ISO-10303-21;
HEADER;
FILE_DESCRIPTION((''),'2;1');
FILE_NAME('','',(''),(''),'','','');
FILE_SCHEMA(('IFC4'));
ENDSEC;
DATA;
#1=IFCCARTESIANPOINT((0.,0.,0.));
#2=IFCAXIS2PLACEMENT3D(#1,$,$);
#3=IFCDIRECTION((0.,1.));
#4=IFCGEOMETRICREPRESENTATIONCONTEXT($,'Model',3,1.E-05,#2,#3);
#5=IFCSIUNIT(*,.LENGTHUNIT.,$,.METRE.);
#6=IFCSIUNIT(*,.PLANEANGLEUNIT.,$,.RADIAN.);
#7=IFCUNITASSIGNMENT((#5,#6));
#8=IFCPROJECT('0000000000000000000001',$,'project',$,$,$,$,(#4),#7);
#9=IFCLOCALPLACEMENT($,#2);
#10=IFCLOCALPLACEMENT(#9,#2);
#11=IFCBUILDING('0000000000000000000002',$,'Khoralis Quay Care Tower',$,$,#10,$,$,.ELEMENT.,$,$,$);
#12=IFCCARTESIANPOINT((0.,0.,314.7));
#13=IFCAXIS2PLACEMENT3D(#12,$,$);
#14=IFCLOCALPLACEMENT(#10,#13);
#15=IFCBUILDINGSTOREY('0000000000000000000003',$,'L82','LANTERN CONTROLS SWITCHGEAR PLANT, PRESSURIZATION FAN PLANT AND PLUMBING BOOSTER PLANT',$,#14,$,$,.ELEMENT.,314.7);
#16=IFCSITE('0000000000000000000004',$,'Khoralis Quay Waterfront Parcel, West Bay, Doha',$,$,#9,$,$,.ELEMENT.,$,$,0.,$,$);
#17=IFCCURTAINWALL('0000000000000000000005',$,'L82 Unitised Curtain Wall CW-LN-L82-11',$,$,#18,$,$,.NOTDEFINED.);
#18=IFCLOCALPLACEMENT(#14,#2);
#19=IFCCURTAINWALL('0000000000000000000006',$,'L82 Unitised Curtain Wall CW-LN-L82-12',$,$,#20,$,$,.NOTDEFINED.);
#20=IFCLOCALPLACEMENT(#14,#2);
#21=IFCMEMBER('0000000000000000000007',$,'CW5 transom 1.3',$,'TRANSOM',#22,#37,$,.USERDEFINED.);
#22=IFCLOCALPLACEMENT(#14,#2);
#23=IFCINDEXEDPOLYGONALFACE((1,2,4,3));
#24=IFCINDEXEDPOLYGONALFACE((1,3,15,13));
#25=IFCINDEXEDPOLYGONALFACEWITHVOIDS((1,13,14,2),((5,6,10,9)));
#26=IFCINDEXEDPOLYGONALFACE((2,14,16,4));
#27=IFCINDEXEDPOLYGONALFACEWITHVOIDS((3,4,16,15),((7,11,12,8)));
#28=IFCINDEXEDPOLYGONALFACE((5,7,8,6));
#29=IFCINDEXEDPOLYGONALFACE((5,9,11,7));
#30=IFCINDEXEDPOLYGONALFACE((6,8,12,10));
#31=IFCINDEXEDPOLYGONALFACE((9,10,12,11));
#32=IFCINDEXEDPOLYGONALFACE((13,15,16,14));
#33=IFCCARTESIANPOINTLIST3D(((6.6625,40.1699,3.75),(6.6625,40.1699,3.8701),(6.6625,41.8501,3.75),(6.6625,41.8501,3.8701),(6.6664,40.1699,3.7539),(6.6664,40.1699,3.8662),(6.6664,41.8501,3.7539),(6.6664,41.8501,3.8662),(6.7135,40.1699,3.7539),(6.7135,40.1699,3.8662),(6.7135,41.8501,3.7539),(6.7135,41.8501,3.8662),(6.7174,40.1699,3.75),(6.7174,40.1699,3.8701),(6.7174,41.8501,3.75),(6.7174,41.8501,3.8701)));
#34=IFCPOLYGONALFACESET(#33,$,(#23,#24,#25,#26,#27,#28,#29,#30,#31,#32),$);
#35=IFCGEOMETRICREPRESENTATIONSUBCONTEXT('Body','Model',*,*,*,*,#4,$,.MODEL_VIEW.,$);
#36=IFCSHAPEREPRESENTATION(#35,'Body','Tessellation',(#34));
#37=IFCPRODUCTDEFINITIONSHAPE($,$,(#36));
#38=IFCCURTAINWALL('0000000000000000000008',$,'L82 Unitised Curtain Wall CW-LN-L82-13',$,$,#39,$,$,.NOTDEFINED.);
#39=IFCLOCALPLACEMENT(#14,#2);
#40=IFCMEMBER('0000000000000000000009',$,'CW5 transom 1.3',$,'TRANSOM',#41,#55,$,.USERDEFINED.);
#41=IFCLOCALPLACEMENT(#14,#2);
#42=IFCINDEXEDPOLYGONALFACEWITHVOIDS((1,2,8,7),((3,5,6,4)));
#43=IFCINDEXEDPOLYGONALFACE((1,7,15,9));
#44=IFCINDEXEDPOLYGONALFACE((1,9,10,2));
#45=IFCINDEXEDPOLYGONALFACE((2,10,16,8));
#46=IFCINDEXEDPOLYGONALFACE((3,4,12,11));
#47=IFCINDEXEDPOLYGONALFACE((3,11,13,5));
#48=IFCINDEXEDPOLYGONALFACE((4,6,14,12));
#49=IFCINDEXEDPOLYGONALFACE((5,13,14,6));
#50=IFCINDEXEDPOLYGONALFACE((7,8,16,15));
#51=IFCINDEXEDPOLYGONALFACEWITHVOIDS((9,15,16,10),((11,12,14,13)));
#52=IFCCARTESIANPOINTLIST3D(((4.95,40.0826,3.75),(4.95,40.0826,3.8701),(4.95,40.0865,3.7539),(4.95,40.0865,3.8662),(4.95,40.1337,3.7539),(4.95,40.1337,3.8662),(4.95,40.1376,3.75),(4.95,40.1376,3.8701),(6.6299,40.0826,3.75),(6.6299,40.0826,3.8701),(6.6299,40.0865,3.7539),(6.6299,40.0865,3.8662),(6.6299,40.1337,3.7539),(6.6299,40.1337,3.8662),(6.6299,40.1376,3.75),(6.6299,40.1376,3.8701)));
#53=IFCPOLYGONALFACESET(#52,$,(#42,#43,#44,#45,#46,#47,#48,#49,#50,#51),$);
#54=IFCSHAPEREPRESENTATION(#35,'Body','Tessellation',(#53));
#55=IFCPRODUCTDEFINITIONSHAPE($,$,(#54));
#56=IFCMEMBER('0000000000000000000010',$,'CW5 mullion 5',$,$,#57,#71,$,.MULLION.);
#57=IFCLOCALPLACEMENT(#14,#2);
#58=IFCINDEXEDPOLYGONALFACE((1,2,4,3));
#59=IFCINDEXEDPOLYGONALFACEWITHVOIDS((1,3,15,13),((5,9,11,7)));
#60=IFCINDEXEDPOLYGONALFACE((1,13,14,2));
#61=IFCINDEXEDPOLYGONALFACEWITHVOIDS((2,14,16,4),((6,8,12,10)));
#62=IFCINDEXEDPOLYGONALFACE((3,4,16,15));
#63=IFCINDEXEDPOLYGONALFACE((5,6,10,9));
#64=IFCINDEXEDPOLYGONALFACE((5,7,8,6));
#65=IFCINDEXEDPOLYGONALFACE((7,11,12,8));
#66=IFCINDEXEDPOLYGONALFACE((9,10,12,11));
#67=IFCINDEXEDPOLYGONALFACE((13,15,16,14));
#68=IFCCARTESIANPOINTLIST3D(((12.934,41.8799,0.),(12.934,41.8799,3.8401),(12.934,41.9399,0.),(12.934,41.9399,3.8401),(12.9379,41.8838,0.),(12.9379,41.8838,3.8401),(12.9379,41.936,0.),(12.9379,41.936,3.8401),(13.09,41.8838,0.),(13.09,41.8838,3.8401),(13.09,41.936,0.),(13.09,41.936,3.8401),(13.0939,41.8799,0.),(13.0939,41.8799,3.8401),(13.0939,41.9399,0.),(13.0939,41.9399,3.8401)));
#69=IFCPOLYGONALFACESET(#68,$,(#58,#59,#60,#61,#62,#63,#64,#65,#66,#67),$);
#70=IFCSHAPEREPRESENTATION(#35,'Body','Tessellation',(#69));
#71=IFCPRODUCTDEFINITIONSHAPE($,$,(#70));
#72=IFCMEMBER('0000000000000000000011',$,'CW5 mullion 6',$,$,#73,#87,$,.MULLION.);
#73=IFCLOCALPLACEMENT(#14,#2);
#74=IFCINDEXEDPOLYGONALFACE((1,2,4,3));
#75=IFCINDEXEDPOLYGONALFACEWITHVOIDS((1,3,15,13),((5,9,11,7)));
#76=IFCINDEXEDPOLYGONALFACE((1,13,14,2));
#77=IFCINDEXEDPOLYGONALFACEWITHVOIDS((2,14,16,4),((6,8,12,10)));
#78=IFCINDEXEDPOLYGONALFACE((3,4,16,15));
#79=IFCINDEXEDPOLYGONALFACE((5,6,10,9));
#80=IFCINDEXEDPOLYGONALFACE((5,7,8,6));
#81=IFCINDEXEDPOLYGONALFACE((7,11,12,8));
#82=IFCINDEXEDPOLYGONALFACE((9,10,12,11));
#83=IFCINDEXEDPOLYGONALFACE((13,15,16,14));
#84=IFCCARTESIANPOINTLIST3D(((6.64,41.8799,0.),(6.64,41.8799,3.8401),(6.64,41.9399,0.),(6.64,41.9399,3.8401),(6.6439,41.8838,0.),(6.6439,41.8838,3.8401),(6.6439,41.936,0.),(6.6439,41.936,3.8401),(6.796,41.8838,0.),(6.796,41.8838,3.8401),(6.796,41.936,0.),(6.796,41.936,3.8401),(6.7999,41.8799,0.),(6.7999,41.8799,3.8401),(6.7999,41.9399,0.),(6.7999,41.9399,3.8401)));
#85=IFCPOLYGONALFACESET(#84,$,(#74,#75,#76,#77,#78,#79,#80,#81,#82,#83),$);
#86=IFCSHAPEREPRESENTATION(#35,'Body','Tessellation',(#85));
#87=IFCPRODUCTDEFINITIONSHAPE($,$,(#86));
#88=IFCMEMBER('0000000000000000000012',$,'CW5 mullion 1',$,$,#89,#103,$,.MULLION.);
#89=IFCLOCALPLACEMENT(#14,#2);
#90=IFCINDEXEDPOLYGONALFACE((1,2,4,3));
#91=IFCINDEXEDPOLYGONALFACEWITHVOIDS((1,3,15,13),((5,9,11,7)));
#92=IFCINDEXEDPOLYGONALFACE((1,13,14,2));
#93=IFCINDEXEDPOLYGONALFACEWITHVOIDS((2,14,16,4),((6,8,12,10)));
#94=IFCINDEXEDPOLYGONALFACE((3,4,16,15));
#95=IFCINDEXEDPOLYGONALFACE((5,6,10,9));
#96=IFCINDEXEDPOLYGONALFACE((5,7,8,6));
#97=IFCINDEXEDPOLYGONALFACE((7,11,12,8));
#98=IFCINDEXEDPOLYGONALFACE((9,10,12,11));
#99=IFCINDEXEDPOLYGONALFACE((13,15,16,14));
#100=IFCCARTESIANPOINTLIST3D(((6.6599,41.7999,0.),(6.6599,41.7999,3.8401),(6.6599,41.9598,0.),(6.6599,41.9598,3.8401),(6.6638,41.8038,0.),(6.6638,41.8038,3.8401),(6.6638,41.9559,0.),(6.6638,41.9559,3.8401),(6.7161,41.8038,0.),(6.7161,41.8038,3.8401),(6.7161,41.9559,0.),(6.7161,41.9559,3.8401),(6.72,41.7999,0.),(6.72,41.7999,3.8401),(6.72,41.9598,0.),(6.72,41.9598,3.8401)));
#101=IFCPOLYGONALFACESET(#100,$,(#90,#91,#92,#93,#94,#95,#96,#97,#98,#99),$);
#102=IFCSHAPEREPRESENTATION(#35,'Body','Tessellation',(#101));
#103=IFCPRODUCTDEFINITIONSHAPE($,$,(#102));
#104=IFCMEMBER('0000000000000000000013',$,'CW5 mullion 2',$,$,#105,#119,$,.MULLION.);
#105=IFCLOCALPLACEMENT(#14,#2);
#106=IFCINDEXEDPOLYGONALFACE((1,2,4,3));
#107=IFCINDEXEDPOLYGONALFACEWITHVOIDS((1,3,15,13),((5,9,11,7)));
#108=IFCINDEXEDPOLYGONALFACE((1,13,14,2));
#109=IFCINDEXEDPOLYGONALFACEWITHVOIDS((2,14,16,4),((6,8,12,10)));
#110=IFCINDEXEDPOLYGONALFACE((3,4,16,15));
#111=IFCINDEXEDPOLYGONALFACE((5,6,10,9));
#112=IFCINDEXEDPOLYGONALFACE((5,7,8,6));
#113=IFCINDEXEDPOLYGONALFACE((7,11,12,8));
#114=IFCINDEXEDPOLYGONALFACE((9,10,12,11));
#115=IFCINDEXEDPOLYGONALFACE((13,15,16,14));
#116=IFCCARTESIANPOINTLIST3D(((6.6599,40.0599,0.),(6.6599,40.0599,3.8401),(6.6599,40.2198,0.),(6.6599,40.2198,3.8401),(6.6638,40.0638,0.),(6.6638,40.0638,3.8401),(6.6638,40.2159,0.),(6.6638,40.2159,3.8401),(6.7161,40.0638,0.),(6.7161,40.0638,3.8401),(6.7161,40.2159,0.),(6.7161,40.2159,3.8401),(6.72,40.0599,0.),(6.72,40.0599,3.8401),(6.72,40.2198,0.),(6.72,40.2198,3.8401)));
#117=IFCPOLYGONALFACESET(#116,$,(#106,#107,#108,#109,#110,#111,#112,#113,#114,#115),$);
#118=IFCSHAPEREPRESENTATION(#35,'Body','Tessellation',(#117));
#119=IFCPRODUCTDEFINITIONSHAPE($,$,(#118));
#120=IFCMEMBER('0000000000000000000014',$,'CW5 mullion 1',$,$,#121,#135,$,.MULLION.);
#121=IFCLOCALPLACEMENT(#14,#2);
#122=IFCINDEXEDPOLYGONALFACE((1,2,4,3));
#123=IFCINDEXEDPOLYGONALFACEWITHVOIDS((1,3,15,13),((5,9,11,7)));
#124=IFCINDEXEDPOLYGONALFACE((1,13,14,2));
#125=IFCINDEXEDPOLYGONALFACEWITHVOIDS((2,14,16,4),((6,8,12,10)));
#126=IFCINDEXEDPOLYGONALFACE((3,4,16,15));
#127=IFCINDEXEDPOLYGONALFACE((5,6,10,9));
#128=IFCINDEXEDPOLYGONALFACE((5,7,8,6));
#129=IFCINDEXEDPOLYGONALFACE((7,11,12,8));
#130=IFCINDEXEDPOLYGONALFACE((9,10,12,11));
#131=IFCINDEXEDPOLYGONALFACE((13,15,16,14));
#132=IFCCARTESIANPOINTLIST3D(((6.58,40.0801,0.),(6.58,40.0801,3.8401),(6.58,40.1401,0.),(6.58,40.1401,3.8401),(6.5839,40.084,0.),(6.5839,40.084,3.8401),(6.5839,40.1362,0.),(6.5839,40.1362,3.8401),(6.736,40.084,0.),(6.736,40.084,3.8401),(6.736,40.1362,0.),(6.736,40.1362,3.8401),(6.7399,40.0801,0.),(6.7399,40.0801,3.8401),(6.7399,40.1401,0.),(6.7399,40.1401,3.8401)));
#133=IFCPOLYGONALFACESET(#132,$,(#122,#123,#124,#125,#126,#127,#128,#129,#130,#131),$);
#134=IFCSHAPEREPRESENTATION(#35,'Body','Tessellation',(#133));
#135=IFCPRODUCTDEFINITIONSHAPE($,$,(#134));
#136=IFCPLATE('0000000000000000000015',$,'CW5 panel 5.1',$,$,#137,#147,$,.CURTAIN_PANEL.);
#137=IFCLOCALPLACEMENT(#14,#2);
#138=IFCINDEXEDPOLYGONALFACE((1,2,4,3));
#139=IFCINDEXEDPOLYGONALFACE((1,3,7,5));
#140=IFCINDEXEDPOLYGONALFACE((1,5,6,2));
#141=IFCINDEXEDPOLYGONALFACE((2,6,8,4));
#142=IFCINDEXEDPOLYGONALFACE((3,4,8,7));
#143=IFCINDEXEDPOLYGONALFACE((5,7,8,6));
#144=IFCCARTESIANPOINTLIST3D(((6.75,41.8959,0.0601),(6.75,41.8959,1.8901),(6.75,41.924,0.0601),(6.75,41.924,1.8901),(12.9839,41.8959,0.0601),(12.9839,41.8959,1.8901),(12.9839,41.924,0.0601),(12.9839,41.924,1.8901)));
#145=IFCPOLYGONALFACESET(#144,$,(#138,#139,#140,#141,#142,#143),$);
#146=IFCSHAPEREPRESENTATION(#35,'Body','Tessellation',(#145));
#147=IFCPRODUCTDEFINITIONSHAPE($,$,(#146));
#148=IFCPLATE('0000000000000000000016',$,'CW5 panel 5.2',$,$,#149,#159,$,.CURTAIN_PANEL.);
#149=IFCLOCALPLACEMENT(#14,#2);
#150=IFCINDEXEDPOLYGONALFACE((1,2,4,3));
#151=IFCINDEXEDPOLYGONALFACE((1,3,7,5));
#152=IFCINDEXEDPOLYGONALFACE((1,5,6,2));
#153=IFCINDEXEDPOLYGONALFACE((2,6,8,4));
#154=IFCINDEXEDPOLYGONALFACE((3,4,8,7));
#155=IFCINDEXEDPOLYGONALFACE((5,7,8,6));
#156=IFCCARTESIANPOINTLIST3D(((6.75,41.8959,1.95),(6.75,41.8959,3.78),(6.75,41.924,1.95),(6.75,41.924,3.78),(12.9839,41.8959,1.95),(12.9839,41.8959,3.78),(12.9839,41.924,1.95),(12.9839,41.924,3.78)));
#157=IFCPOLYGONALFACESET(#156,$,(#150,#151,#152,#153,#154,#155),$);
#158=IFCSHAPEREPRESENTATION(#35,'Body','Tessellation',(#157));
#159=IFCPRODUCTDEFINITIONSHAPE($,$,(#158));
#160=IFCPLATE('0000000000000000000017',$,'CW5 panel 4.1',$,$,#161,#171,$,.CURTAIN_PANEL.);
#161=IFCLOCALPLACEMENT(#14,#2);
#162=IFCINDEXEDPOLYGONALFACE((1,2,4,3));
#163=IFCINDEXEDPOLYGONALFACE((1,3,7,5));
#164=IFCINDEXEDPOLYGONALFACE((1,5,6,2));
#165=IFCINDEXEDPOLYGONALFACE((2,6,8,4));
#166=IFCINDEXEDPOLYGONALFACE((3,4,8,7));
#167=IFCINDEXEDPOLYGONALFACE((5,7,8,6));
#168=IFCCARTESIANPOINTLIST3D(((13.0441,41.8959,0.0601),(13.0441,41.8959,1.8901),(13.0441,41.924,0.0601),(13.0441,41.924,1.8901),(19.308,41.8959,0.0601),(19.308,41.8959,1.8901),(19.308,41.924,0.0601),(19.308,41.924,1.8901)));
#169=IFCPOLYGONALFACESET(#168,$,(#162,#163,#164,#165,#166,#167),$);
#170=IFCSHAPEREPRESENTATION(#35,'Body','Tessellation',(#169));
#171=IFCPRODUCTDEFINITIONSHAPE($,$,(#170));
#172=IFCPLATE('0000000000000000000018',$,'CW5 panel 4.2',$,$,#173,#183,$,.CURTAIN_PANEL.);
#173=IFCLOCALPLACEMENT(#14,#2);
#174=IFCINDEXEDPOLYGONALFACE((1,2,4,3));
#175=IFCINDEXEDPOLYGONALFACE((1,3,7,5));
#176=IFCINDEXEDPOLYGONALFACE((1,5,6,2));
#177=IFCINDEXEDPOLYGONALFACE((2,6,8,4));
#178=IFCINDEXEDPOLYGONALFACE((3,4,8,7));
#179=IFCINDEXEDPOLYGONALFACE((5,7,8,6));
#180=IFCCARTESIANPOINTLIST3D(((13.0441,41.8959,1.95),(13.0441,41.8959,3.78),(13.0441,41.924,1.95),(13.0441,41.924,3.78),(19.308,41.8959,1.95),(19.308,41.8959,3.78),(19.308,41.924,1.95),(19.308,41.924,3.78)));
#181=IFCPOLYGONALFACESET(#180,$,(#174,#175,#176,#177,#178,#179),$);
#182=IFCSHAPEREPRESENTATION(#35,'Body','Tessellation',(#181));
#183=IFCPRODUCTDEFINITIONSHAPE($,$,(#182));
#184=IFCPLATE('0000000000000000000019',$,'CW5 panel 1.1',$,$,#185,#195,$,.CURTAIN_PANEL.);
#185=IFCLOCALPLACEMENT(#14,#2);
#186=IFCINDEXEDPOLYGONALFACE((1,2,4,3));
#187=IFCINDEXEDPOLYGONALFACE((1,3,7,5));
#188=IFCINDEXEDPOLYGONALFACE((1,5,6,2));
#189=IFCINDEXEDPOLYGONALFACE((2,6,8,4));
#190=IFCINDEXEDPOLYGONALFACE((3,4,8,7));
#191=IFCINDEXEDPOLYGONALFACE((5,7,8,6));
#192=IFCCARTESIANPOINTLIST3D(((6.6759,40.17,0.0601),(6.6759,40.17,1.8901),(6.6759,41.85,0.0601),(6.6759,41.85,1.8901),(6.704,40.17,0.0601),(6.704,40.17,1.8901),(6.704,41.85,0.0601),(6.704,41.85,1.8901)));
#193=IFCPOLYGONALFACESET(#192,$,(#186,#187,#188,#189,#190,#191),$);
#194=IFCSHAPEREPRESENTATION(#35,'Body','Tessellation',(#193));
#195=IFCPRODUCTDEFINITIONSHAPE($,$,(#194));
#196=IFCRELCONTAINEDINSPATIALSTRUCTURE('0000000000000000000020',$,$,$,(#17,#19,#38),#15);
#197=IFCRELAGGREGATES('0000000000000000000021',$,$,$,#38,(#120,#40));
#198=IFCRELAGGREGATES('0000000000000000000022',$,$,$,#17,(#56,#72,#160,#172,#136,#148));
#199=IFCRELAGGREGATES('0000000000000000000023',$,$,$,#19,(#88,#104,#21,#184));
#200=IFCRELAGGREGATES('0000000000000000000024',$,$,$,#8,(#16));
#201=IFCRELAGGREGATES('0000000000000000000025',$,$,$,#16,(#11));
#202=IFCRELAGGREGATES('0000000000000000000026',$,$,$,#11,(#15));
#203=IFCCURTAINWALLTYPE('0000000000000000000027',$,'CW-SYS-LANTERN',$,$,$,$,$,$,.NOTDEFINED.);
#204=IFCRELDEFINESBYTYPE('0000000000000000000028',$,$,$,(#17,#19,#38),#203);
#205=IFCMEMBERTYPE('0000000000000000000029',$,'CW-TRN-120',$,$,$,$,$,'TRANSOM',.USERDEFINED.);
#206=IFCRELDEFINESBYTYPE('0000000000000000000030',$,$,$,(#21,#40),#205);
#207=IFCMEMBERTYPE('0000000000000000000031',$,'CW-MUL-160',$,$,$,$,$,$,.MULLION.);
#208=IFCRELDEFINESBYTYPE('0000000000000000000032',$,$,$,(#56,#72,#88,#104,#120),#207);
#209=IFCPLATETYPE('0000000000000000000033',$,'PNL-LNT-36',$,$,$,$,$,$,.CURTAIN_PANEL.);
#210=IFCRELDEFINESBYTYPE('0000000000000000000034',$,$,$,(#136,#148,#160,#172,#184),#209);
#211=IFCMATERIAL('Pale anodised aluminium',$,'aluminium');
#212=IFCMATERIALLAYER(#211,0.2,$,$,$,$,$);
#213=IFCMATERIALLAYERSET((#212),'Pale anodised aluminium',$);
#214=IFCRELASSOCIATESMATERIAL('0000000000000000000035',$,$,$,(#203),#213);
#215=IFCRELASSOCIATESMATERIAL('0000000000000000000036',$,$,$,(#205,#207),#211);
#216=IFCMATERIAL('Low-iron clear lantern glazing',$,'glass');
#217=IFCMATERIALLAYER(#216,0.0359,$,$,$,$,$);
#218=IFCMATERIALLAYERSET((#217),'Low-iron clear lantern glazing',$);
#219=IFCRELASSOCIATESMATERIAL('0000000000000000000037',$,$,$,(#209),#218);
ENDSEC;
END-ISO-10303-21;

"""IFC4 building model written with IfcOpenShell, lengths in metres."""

from ifc_helpers import new_model, si_unit, direction, frame, origin, origin_2d, place, context, subcontext, project, spatial, rectangle, hollow_rectangle, extrude, source, transform, mapped, material, layer, layer_set, material_profile, profile_set, type_object, element, aggregate, save


model = new_model("IFC4")

# Units and contexts
model_context = context("Model", 3, precision=1e-05, world=origin(), true_north=direction((0.0, 1.0)))
body_context = subcontext(model_context, "Body", "Model", "MODEL_VIEW")
ifc_project = project(units=[si_unit("LENGTHUNIT", "METRE"), si_unit("PLANEANGLEUNIT", "RADIAN")], contexts=[model_context])

# Site, building, storey
site_placement = place(None, origin())
site = spatial("IfcSite", under=ifc_project, at=site_placement, Name="Khoralis Quay Waterfront Parcel, West Bay, Doha", CompositionType="ELEMENT", RefElevation=0.0)
building_placement = place(site_placement, origin())
building = spatial("IfcBuilding", under=site, at=building_placement, Name="Khoralis Quay Care Tower", CompositionType="ELEMENT")
storey_placement = place(building_placement, frame((0.0, 0.0, 314.7)))
storey = spatial("IfcBuildingStorey", under=building, at=storey_placement, Name="L82", Description="LANTERN CONTROLS SWITCHGEAR PLANT, PRESSURIZATION FAN PLANT AND PLUMBING BOOSTER PLANT", CompositionType="ELEMENT", Elevation=314.7)

# Curtain walls, member
ifc_material_1 = material(Name="Pale anodised aluminium", Category="aluminium")
ifc_layer_1 = layer(ifc_material_1, 0.2)
ifc_layer_set_1 = layer_set([ifc_layer_1], Name="Pale anodised aluminium")
curtain_wall_type = type_object("IfcCurtainWallType", Name="CW-SYS-LANTERN", PredefinedType="NOTDEFINED", material=ifc_layer_set_1)
curtain_wall_1_placement = place(storey_placement, origin())
curtain_wall_1 = element("IfcCurtainWall", 1, at=curtain_wall_1_placement, inside=storey, type_object=curtain_wall_type, Name="L82 Unitised Curtain Wall CW-LN-L82-11", PredefinedType="NOTDEFINED")
ifc_material_profile_1 = material_profile(ifc_material_1, hollow_rectangle(XDim=0.0549, YDim=0.1201, WallThickness=0.0039, at=origin_2d()), Name="Pale anodised aluminium")
ifc_profile_set_1 = profile_set([ifc_material_profile_1], Name="Pale anodised aluminium")
member_type_1 = type_object("IfcMemberType", Name="CW-TRN-120", ElementType="TRANSOM", PredefinedType="USERDEFINED", material=ifc_profile_set_1)
curtain_wall_2_placement = place(storey_placement, origin())
curtain_wall_2 = element("IfcCurtainWall", 2, at=curtain_wall_2_placement, inside=storey, type_object=curtain_wall_type, Name="L82 Unitised Curtain Wall CW-LN-L82-12", PredefinedType="NOTDEFINED")
shared_shape_1 = source(origin(), body_context, "Body", "SweptSolid", [
    extrude(hollow_rectangle(XDim=0.0549, YDim=0.1201, WallThickness=0.0039, at=origin_2d()), origin(), (0.0, 0.0, 1.0), 1.6802),
])
member_1_placement = place(storey_placement, frame((6.6899, 41.8501, 3.8101), z_axis=(0.0, -1.0, 0.0), x_axis=(1.0, 0.0, 0.0)))
member_1 = element("IfcMember", 3, at=member_1_placement, type_object=member_type_1, Name="CW5 transom 1.3", ObjectType="TRANSOM", PredefinedType="USERDEFINED", context=body_context, shape_type="MappedRepresentation", body=[
    mapped(shared_shape_1, transform((0.0, 0.0, 0.0), scale=1.0)),
])

# Curtain wall, member
curtain_wall_3_placement = place(storey_placement, origin())
curtain_wall_3 = element("IfcCurtainWall", 4, at=curtain_wall_3_placement, inside=storey, type_object=curtain_wall_type, Name="L82 Unitised Curtain Wall CW-LN-L82-13", PredefinedType="NOTDEFINED")
shared_shape_2 = source(origin(), body_context, "Body", "SweptSolid", [
    extrude(hollow_rectangle(XDim=0.0549, YDim=0.1201, WallThickness=0.0039, at=origin_2d()), origin(), (0.0, 0.0, 1.0), 1.6799),
])
member_2_placement = place(storey_placement, frame((6.6299, 40.1101, 3.8101), z_axis=(-1.0, 0.0, 0.0), x_axis=(0.0, -1.0, 0.0)))
member_2 = element("IfcMember", 5, at=member_2_placement, type_object=member_type_1, Name="CW5 transom 1.3", ObjectType="TRANSOM", PredefinedType="USERDEFINED", context=body_context, shape_type="MappedRepresentation", body=[
    mapped(shared_shape_2, transform((0.0, 0.0, 0.0), scale=1.0)),
])

# Members
ifc_material_profile_2 = material_profile(ifc_material_1, hollow_rectangle(XDim=0.0601, YDim=0.1599, WallThickness=0.0039, at=origin_2d()), Name="Pale anodised aluminium")
ifc_profile_set_2 = profile_set([ifc_material_profile_2], Name="Pale anodised aluminium")
member_type_2 = type_object("IfcMemberType", Name="CW-MUL-160", PredefinedType="MULLION", material=ifc_profile_set_2)
shared_shape_3 = source(origin(), body_context, "Body", "SweptSolid", [
    extrude(hollow_rectangle(XDim=0.0601, YDim=0.1599, WallThickness=0.0039, at=origin_2d()), origin(), (0.0, 0.0, 1.0), 3.8401),
])
member_3_placement = place(storey_placement, frame((13.0139, 41.9099, 0.0), z_axis=(0.0, 0.0, 1.0), x_axis=(0.0, -1.0, 0.0)))
member_3 = element("IfcMember", 6, at=member_3_placement, type_object=member_type_2, Name="CW5 mullion 5", PredefinedType="MULLION", context=body_context, shape_type="MappedRepresentation", body=[
    mapped(shared_shape_3, transform((0.0, 0.0, 0.0), scale=1.0)),
])
member_4_placement = place(storey_placement, frame((6.72, 41.9099, 0.0), z_axis=(0.0, 0.0, 1.0), x_axis=(0.0, -1.0, 0.0)))
member_4 = element("IfcMember", 7, at=member_4_placement, type_object=member_type_2, Name="CW5 mullion 6", PredefinedType="MULLION", context=body_context, shape_type="MappedRepresentation", body=[
    mapped(shared_shape_3, transform((0.0, 0.0, 0.0), scale=1.0)),
])
member_5_placement = place(storey_placement, frame((6.6899, 41.8799, 0.0), z_axis=(0.0, 0.0, 1.0), x_axis=(1.0, 0.0, 0.0)))
member_5 = element("IfcMember", 8, at=member_5_placement, type_object=member_type_2, Name="CW5 mullion 1", PredefinedType="MULLION", context=body_context, shape_type="MappedRepresentation", body=[
    mapped(shared_shape_3, transform((0.0, 0.0, 0.0), scale=1.0)),
])
member_6_placement = place(storey_placement, frame((6.6899, 40.1399, 0.0), z_axis=(0.0, 0.0, 1.0), x_axis=(1.0, 0.0, 0.0)))
member_6 = element("IfcMember", 9, at=member_6_placement, type_object=member_type_2, Name="CW5 mullion 2", PredefinedType="MULLION", context=body_context, shape_type="MappedRepresentation", body=[
    mapped(shared_shape_3, transform((0.0, 0.0, 0.0), scale=1.0)),
])
member_7_placement = place(storey_placement, frame((6.6599, 40.1101, 0.0), z_axis=(0.0, 0.0, 1.0), x_axis=(0.0, -1.0, 0.0)))
member_7 = element("IfcMember", 10, at=member_7_placement, type_object=member_type_2, Name="CW5 mullion 1", PredefinedType="MULLION", context=body_context, shape_type="MappedRepresentation", body=[
    mapped(shared_shape_3, transform((0.0, 0.0, 0.0), scale=1.0)),
])
aggregate(curtain_wall_3, [member_7, member_2])

# Plates
ifc_material_2 = material(Name="Low-iron clear lantern glazing", Category="glass")
ifc_layer_2 = layer(ifc_material_2, 0.0359)
ifc_layer_set_2 = layer_set([ifc_layer_2], Name="Low-iron clear lantern glazing")
plate_type = type_object("IfcPlateType", Name="PNL-LNT-36", PredefinedType="CURTAIN_PANEL", material=ifc_layer_set_2)
shared_shape_4 = source(origin(), body_context, "Body", "SweptSolid", [
    extrude(rectangle(XDim=6.2339, YDim=0.0281, at=origin_2d()), origin(), (0.0, 0.0, 1.0), 1.8301),
])
plate_1_placement = place(storey_placement, frame((9.8669, 41.9099, 0.0601), z_axis=(0.0, 0.0, 1.0), x_axis=(-1.0, 0.0, 0.0)))
plate_1 = element("IfcPlate", 11, at=plate_1_placement, type_object=plate_type, Name="CW5 panel 5.1", PredefinedType="CURTAIN_PANEL", context=body_context, shape_type="MappedRepresentation", body=[
    mapped(shared_shape_4, transform((0.0, 0.0, 0.0), scale=1.0)),
])
plate_2_placement = place(storey_placement, frame((9.8669, 41.9099, 1.95), z_axis=(0.0, 0.0, 1.0), x_axis=(-1.0, 0.0, 0.0)))
plate_2 = element("IfcPlate", 12, at=plate_2_placement, type_object=plate_type, Name="CW5 panel 5.2", PredefinedType="CURTAIN_PANEL", context=body_context, shape_type="MappedRepresentation", body=[
    mapped(shared_shape_4, transform((0.0, 0.0, 0.0), scale=1.0)),
])
shared_shape_5 = source(origin(), body_context, "Body", "SweptSolid", [
    extrude(rectangle(XDim=6.2639, YDim=0.0281, at=origin_2d()), origin(), (0.0, 0.0, 1.0), 1.8301),
])
plate_3_placement = place(storey_placement, frame((16.176, 41.9099, 0.0601), z_axis=(0.0, 0.0, 1.0), x_axis=(-1.0, 0.0, 0.0)))
plate_3 = element("IfcPlate", 13, at=plate_3_placement, type_object=plate_type, Name="CW5 panel 4.1", PredefinedType="CURTAIN_PANEL", context=body_context, shape_type="MappedRepresentation", body=[
    mapped(shared_shape_5, transform((0.0, 0.0, 0.0), scale=1.0)),
])
plate_4_placement = place(storey_placement, frame((16.176, 41.9099, 1.95), z_axis=(0.0, 0.0, 1.0), x_axis=(-1.0, 0.0, 0.0)))
plate_4 = element("IfcPlate", 14, at=plate_4_placement, type_object=plate_type, Name="CW5 panel 4.2", PredefinedType="CURTAIN_PANEL", context=body_context, shape_type="MappedRepresentation", body=[
    mapped(shared_shape_5, transform((0.0, 0.0, 0.0), scale=1.0)),
])
aggregate(curtain_wall_1, [member_3, member_4, plate_3, plate_4, plate_1, plate_2])
shared_shape_6 = source(origin(), body_context, "Body", "SweptSolid", [
    extrude(rectangle(XDim=1.6799, YDim=0.0281, at=origin_2d()), origin(), (0.0, 0.0, 1.0), 1.8301),
])
plate_5_placement = place(storey_placement, frame((6.6899, 41.01, 0.0601), z_axis=(0.0, 0.0, 1.0), x_axis=(0.0, -1.0, 0.0)))
plate_5 = element("IfcPlate", 15, at=plate_5_placement, type_object=plate_type, Name="CW5 panel 1.1", PredefinedType="CURTAIN_PANEL", context=body_context, shape_type="MappedRepresentation", body=[
    mapped(shared_shape_6, transform((0.0, 0.0, 0.0), scale=1.0)),
])
aggregate(curtain_wall_2, [member_5, member_6, member_1, plate_5])

save(model, "model.ifc")
